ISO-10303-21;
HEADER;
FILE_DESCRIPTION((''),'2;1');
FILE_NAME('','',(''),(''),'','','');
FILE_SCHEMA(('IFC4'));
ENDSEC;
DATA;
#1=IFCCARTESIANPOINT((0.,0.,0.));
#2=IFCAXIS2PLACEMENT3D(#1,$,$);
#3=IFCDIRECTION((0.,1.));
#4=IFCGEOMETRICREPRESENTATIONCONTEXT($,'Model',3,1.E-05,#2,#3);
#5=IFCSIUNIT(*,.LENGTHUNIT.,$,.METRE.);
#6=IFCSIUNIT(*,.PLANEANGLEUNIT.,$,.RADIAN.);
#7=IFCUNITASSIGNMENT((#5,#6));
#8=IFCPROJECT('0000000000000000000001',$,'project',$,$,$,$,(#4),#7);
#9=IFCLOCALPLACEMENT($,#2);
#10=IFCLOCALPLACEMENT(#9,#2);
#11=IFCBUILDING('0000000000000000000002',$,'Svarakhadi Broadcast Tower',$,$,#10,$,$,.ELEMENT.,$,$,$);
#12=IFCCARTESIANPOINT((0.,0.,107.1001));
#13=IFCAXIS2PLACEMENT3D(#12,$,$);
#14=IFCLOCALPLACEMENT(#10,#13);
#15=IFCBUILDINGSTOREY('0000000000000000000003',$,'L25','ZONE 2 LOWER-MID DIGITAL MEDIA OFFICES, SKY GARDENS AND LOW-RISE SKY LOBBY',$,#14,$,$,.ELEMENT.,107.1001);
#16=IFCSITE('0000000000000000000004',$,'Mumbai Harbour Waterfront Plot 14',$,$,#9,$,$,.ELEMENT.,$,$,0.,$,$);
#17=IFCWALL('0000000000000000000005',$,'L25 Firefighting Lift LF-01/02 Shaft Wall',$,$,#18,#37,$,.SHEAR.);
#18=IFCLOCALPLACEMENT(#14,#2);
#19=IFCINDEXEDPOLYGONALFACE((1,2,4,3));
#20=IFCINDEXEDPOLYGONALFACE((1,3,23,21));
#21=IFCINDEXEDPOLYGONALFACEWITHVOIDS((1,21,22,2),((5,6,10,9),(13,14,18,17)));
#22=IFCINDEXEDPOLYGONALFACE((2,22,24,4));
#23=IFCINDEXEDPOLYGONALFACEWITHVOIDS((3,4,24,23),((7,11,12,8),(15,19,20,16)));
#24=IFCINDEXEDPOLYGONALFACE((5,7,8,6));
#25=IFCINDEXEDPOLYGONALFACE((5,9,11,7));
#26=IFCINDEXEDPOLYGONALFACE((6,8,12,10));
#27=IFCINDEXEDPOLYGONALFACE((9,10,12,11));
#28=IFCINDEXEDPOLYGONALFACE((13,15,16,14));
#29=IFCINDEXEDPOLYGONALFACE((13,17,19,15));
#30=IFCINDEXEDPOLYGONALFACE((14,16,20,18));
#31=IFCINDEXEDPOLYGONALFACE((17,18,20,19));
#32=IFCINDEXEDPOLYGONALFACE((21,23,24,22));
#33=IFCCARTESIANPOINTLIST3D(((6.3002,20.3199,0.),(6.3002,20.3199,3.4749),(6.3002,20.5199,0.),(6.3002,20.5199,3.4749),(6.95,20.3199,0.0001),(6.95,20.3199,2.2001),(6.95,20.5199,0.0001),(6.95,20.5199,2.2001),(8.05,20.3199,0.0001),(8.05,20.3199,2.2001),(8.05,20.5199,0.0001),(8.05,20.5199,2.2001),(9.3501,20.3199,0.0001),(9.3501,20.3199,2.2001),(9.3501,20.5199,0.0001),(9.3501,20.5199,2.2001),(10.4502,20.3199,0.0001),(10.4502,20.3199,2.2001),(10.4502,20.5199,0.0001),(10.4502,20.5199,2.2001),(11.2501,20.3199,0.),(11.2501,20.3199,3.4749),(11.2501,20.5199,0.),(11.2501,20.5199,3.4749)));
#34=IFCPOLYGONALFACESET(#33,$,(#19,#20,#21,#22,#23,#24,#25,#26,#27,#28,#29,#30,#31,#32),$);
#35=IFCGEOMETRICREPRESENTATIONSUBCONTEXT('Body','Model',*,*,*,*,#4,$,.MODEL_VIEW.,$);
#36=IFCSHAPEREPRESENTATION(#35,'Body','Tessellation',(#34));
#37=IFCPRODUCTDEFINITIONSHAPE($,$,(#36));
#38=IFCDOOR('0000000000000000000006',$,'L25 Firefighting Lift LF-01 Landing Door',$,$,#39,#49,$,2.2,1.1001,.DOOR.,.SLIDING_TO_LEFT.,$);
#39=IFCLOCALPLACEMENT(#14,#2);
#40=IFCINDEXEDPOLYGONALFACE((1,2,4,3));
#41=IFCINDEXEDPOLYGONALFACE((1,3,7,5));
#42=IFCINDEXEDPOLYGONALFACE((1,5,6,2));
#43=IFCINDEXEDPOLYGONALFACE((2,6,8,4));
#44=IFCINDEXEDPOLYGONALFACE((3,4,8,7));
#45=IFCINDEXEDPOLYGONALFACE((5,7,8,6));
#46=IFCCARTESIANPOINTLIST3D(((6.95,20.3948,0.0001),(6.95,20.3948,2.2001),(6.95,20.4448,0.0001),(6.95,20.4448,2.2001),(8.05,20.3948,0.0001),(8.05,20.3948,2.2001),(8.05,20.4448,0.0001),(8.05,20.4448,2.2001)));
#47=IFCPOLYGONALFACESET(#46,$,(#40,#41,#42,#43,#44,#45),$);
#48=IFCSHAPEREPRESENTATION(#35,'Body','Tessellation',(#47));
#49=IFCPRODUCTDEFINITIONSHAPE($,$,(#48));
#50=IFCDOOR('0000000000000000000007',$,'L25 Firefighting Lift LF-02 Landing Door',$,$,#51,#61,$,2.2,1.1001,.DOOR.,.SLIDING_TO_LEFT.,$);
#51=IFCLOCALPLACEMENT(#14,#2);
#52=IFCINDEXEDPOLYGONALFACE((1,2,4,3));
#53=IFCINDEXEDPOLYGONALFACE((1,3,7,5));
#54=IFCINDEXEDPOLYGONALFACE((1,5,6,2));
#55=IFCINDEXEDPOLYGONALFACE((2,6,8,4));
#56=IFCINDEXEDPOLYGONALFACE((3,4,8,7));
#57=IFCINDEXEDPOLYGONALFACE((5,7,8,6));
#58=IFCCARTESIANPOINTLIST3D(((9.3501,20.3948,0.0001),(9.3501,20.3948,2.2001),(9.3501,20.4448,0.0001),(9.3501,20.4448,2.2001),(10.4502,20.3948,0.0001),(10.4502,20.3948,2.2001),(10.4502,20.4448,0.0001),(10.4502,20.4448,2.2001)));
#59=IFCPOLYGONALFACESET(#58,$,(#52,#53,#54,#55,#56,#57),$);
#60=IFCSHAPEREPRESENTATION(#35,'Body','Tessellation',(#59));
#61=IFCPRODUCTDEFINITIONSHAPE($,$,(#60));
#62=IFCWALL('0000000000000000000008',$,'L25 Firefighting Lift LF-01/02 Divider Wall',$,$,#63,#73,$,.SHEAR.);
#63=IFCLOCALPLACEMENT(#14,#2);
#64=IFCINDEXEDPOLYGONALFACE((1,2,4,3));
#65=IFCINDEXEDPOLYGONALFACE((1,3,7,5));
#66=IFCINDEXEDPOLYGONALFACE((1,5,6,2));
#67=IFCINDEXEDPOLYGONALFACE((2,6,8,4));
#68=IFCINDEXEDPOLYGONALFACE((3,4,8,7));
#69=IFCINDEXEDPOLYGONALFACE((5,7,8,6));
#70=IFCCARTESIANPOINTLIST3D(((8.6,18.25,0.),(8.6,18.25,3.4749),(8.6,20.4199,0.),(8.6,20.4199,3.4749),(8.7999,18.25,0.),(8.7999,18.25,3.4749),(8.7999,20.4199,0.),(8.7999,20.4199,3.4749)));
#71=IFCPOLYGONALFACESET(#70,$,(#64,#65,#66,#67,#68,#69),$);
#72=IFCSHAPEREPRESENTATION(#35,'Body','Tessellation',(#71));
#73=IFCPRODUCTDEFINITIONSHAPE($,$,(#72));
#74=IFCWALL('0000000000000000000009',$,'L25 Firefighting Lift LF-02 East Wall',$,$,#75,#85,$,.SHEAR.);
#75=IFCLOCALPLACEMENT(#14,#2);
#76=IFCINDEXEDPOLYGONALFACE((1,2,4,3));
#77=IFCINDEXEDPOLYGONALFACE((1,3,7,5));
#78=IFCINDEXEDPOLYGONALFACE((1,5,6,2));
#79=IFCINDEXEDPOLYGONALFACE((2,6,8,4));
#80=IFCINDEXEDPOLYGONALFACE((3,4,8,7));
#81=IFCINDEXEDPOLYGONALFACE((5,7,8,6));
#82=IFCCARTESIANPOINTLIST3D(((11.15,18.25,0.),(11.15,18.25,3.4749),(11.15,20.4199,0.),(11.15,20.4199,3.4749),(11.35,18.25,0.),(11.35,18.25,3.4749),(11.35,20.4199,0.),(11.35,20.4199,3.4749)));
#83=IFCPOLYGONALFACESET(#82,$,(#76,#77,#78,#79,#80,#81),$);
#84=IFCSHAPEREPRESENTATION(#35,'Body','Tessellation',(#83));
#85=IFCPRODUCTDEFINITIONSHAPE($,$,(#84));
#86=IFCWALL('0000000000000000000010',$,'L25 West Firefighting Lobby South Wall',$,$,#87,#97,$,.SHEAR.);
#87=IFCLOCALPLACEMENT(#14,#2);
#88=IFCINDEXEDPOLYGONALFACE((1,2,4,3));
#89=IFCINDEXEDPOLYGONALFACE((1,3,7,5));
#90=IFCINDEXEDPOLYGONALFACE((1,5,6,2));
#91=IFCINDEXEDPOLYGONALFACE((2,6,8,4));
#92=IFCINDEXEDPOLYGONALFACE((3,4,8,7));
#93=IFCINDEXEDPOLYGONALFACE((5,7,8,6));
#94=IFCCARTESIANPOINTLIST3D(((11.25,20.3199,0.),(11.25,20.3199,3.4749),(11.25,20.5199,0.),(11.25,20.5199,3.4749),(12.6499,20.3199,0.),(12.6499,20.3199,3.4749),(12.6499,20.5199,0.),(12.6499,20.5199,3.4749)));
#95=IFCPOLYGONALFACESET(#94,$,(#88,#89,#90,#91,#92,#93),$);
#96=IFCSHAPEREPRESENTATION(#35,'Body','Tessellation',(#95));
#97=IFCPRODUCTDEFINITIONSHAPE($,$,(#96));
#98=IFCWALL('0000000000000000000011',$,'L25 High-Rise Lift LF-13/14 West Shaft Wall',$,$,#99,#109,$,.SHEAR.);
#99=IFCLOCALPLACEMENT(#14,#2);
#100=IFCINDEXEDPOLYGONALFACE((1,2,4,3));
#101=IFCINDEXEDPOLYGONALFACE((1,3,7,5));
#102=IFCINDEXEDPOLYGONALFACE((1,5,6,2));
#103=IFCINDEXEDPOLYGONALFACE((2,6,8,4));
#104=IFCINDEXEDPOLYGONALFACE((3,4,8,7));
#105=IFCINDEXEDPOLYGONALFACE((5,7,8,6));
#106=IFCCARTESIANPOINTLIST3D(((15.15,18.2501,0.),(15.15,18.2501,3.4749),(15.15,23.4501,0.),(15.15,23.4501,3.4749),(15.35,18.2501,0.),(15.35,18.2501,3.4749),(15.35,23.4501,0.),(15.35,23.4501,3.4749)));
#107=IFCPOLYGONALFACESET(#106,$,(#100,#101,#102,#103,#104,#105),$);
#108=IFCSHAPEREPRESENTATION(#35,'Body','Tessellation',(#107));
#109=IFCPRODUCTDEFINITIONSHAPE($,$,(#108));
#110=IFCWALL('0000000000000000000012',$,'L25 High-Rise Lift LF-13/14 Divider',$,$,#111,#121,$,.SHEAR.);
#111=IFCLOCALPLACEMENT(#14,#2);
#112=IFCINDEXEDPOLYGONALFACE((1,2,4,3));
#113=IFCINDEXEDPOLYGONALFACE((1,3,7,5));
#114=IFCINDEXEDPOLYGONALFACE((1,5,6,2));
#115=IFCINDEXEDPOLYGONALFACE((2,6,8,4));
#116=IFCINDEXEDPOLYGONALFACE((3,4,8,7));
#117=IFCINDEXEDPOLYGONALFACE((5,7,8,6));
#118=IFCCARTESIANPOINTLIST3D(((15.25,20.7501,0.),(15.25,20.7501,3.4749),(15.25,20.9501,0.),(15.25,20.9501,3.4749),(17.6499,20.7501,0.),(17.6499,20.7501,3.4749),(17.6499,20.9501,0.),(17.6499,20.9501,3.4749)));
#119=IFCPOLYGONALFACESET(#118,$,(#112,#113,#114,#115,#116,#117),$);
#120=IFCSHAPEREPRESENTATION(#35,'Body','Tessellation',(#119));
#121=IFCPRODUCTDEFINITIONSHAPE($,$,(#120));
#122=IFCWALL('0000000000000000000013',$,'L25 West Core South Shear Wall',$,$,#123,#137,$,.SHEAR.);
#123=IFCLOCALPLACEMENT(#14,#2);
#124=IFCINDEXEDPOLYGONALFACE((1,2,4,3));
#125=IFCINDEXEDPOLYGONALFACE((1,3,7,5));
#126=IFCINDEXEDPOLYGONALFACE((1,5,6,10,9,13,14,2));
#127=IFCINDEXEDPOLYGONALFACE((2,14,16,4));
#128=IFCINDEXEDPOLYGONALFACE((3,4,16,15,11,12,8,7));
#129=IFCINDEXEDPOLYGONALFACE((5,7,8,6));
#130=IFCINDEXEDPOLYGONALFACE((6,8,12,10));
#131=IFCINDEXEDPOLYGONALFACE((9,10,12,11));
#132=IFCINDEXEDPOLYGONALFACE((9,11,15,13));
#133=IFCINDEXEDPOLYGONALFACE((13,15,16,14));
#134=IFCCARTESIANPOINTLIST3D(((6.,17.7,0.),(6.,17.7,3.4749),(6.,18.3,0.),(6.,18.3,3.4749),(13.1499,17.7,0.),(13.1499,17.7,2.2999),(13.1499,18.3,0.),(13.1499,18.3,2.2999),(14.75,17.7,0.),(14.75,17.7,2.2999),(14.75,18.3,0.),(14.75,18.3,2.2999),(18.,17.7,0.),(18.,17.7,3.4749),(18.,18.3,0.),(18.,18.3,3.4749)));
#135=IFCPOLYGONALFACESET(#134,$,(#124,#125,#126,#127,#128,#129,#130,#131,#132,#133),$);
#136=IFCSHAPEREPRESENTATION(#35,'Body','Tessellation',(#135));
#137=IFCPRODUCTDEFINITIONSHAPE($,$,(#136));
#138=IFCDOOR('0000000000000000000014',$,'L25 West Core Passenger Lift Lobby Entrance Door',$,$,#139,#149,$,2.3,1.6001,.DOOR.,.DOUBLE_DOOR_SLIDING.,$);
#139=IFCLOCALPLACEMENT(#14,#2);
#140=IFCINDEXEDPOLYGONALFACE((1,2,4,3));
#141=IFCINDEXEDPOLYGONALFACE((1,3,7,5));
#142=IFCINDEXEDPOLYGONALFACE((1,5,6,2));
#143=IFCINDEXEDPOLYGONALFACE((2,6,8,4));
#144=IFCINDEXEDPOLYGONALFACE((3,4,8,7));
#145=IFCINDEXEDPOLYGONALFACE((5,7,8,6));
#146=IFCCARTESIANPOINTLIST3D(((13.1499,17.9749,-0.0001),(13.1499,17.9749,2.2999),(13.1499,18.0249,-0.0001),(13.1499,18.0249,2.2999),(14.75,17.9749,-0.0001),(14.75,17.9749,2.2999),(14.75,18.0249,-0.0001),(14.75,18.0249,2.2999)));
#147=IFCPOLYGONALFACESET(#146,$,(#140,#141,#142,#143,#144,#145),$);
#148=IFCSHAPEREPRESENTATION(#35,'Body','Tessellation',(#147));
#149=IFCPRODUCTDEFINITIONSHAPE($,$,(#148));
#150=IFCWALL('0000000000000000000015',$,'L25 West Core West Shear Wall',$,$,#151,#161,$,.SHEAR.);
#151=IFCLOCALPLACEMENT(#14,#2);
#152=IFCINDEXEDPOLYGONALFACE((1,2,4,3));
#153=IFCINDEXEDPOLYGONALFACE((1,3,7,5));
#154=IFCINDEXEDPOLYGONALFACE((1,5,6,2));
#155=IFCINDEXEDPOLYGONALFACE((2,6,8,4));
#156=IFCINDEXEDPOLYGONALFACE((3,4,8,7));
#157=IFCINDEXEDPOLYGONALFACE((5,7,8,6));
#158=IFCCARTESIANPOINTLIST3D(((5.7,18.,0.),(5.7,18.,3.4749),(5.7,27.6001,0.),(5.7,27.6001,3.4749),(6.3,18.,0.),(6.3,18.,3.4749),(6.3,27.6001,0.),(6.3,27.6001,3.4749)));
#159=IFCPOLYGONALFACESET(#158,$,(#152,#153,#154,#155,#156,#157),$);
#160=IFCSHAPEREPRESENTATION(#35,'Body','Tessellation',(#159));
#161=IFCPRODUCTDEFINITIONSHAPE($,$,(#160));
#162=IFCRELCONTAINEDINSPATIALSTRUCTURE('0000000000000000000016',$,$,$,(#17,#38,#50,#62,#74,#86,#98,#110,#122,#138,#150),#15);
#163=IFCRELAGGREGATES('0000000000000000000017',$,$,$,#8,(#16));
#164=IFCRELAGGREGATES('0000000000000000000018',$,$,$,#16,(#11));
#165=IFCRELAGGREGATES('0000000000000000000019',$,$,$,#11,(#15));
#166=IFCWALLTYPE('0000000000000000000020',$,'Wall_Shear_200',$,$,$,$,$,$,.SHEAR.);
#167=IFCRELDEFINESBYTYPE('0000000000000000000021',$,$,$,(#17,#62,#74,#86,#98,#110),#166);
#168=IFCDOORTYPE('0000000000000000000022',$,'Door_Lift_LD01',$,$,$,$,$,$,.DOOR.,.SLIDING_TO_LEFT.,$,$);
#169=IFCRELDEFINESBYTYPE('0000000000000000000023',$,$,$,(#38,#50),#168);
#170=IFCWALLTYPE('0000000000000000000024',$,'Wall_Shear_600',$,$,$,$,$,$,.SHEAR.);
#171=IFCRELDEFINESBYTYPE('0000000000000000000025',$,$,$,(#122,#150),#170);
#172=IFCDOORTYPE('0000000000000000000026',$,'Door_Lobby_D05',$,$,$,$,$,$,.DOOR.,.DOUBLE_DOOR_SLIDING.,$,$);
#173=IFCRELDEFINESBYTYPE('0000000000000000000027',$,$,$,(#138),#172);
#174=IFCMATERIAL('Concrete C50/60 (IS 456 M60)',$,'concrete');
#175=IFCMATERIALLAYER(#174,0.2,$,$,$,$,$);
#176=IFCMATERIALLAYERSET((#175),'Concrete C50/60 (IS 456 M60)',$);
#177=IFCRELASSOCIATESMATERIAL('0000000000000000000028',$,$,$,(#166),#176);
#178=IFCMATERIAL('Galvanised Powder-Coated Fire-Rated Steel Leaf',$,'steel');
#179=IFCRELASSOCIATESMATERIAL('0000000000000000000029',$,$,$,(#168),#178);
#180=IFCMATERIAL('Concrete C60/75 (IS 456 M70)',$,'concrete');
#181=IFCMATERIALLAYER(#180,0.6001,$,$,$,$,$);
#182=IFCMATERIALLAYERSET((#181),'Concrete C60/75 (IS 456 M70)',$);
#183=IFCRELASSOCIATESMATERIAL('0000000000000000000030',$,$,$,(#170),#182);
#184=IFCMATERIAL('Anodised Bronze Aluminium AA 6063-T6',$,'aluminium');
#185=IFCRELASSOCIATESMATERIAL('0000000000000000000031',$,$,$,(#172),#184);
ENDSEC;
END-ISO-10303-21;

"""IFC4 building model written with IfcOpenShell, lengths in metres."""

from ifc_helpers import new_model, si_unit, direction, frame, frame_2d, origin, place, context, subcontext, project, spatial, rectangle, extrude, material, layer, layer_set, type_object, element, fill, save


model = new_model("IFC4")

# Units and contexts
model_context = context("Model", 3, precision=1e-05, world=origin(), true_north=direction((0.0, 1.0)))
body_context = subcontext(model_context, "Body", "Model", "MODEL_VIEW")
ifc_project = project(units=[si_unit("LENGTHUNIT", "METRE"), si_unit("PLANEANGLEUNIT", "RADIAN")], contexts=[model_context])

# Site, building, storey
site_placement = place(None, origin())
site = spatial("IfcSite", under=ifc_project, at=site_placement, Name="Mumbai Harbour Waterfront Plot 14", CompositionType="ELEMENT", RefElevation=0.0)
building_placement = place(site_placement, origin())
building = spatial("IfcBuilding", under=site, at=building_placement, Name="Svarakhadi Broadcast Tower", CompositionType="ELEMENT")
storey_placement = place(building_placement, frame((0.0, 0.0, 107.1001)))
storey = spatial("IfcBuildingStorey", under=building, at=storey_placement, Name="L25", Description="ZONE 2 LOWER-MID DIGITAL MEDIA OFFICES, SKY GARDENS AND LOW-RISE SKY LOBBY", CompositionType="ELEMENT", Elevation=107.1001)

# Shared definitions
ifc_material_1 = material(Name="Concrete C50/60 (IS 456 M60)", Category="concrete")

# Shared definitions
ifc_layer_1 = layer(ifc_material_1, 0.2)
ifc_layer_set_1 = layer_set([ifc_layer_1], Name="Concrete C50/60 (IS 456 M60)")
wall_type_1 = type_object("IfcWallType", Name="Wall_Shear_200", PredefinedType="SHEAR", material=ifc_layer_set_1)
ifc_material_2 = material(Name="Galvanised Powder-Coated Fire-Rated Steel Leaf", Category="steel")

# Wall, openings, doors
wall_1_placement = place(storey_placement, frame((6.3, 20.4199, 0.0), z_axis=(0.0, 0.0, 1.0), x_axis=(1.0, 0.0, 0.0)))
wall_1 = element("IfcWall", 1, at=wall_1_placement, inside=storey, type_object=wall_type_1, Name="L25 Firefighting Lift LF-01/02 Shaft Wall", PredefinedType="SHEAR", context=body_context, shape_type="SweptSolid", body=[
    extrude(rectangle(XDim=4.95, YDim=0.2, at=frame_2d((2.4751, 0.0))), origin(), (0.0, 0.0, 1.0), 3.4749),
])
opening_1_placement = place(wall_1_placement, frame((0.6499, 0.0, 0.0)))
opening_1 = element("IfcOpeningElement", 2, at=opening_1_placement, cuts=wall_1, PredefinedType="OPENING", context=body_context, shape_type="SweptSolid", body=[
    extrude(rectangle(XDim=1.1001, YDim=2.2, at=frame_2d((0.55, 1.1001))), frame((0.0, 0.1099, 0.0), z_axis=(0.0, -1.0, 0.0), x_axis=(1.0, 0.0, 0.0)), (0.0, 0.0, 1.0), 0.22),
])
opening_2_placement = place(wall_1_placement, frame((3.05, 0.0, 0.0)))
opening_2 = element("IfcOpeningElement", 3, at=opening_2_placement, cuts=wall_1, PredefinedType="OPENING", context=body_context, shape_type="SweptSolid", body=[
    extrude(rectangle(XDim=1.1001, YDim=2.2, at=frame_2d((0.55, 1.1001))), frame((0.0, 0.1099, 0.0), z_axis=(0.0, -1.0, 0.0), x_axis=(1.0, 0.0, 0.0)), (0.0, 0.0, 1.0), 0.22),
])
door_type_1 = type_object("IfcDoorType", Name="Door_Lift_LD01", OperationType="SLIDING_TO_LEFT", PredefinedType="DOOR", material=ifc_material_2)
door_1_placement = place(opening_1_placement, origin())
door_1 = element("IfcDoor", 4, at=door_1_placement, inside=storey, type_object=door_type_1, Name="L25 Firefighting Lift LF-01 Landing Door", OperationType="SLIDING_TO_LEFT", OverallHeight=2.2, OverallWidth=1.1001, PredefinedType="DOOR", context=body_context, shape_type="SweptSolid", body=[
    extrude(rectangle(XDim=1.1001, YDim=2.2, at=frame_2d((0.55, 1.1001))), frame((0.0, 0.0249, 0.0), z_axis=(0.0, -1.0, 0.0), x_axis=(1.0, 0.0, 0.0)), (0.0, 0.0, 1.0), 0.05),
])
fill(opening_1, door_1)
door_2_placement = place(opening_2_placement, origin())
door_2 = element("IfcDoor", 5, at=door_2_placement, inside=storey, type_object=door_type_1, Name="L25 Firefighting Lift LF-02 Landing Door", OperationType="SLIDING_TO_LEFT", OverallHeight=2.2, OverallWidth=1.1001, PredefinedType="DOOR", context=body_context, shape_type="SweptSolid", body=[
    extrude(rectangle(XDim=1.1001, YDim=2.2, at=frame_2d((0.55, 1.1001))), frame((0.0, 0.0249, 0.0), z_axis=(0.0, -1.0, 0.0), x_axis=(1.0, 0.0, 0.0)), (0.0, 0.0, 1.0), 0.05),
])
fill(opening_2, door_2)

# Walls
for number, where, z_axis, x_axis, name in (
    (6, (8.7, 18.25, 0.0), (0.0, 0.0, 1.0), (0.0, 1.0, 0.0), "L25 Firefighting Lift LF-01/02 Divider Wall"),
    (7, (11.25, 18.25, 0.0), (0.0, 0.0, 1.0), (0.0, 1.0, 0.0), "L25 Firefighting Lift LF-02 East Wall"),
):
    element("IfcWall", number, at=place(storey_placement, frame(where, z_axis=z_axis, x_axis=x_axis)), inside=storey, type_object=wall_type_1, Name=name, PredefinedType="SHEAR", context=body_context, shape_type="SweptSolid", body=[
        extrude(rectangle(XDim=2.1699, YDim=0.2, at=frame_2d((1.085, 0.0))), origin(), (0.0, 0.0, 1.0), 3.4749),
    ])
wall_2_placement = place(storey_placement, frame((11.25, 20.4199, 0.0), z_axis=(0.0, 0.0, 1.0), x_axis=(1.0, 0.0, 0.0)))
element("IfcWall", 8, at=wall_2_placement, inside=storey, type_object=wall_type_1, Name="L25 West Firefighting Lobby South Wall", PredefinedType="SHEAR", context=body_context, shape_type="SweptSolid", body=[
    extrude(rectangle(XDim=1.3999, YDim=0.2, at=frame_2d((0.7, 0.0))), origin(), (0.0, 0.0, 1.0), 3.4749),
])

# Walls
wall_3_placement = place(storey_placement, frame((15.25, 18.25, 0.0), z_axis=(0.0, 0.0, 1.0), x_axis=(0.0, 1.0, 0.0)))
element("IfcWall", 9, at=wall_3_placement, inside=storey, type_object=wall_type_1, Name="L25 High-Rise Lift LF-13/14 West Shaft Wall", PredefinedType="SHEAR", context=body_context, shape_type="SweptSolid", body=[
    extrude(rectangle(XDim=5.2, YDim=0.2, at=frame_2d((2.6001, 0.0))), origin(), (0.0, 0.0, 1.0), 3.4749),
])
wall_4_placement = place(storey_placement, frame((15.25, 20.8501, 0.0), z_axis=(0.0, 0.0, 1.0), x_axis=(1.0, 0.0, 0.0)))
element("IfcWall", 10, at=wall_4_placement, inside=storey, type_object=wall_type_1, Name="L25 High-Rise Lift LF-13/14 Divider", PredefinedType="SHEAR", context=body_context, shape_type="SweptSolid", body=[
    extrude(rectangle(XDim=2.3999, YDim=0.2, at=frame_2d((1.2, 0.0))), origin(), (0.0, 0.0, 1.0), 3.4749),
])

# Wall, opening, door
ifc_material_3 = material(Name="Concrete C60/75 (IS 456 M70)", Category="concrete")
ifc_layer_2 = layer(ifc_material_3, 0.6001)
ifc_layer_set_2 = layer_set([ifc_layer_2], Name="Concrete C60/75 (IS 456 M70)")
wall_type_2 = type_object("IfcWallType", Name="Wall_Shear_600", PredefinedType="SHEAR", material=ifc_layer_set_2)
wall_5_placement = place(storey_placement, frame((6.0, 18.0, 0.0), z_axis=(0.0, 0.0, 1.0), x_axis=(1.0, 0.0, 0.0)))
wall_5 = element("IfcWall", 11, at=wall_5_placement, inside=storey, type_object=wall_type_2, Name="L25 West Core South Shear Wall", PredefinedType="SHEAR", context=body_context, shape_type="SweptSolid", body=[
    extrude(rectangle(XDim=12.0, YDim=0.6001, at=frame_2d((6.0, 0.0))), origin(), (0.0, 0.0, 1.0), 3.4749),
])
opening_3_placement = place(wall_5_placement, frame((7.1499, 0.0, 0.0)))
opening_3 = element("IfcOpeningElement", 12, at=opening_3_placement, cuts=wall_5, PredefinedType="OPENING", context=body_context, shape_type="SweptSolid", body=[
    extrude(rectangle(XDim=1.6001, YDim=2.3, at=frame_2d((0.8, 1.1499))), frame((0.0, 0.3101, 0.0), z_axis=(0.0, -1.0, 0.0), x_axis=(1.0, 0.0, 0.0)), (0.0, 0.0, 1.0), 0.6201),
])
ifc_material_4 = material(Name="Anodised Bronze Aluminium AA 6063-T6", Category="aluminium")
door_type_2 = type_object("IfcDoorType", Name="Door_Lobby_D05", OperationType="DOUBLE_DOOR_SLIDING", PredefinedType="DOOR", material=ifc_material_4)
door_3_placement = place(opening_3_placement, origin())
door_3 = element("IfcDoor", 13, at=door_3_placement, inside=storey, type_object=door_type_2, Name="L25 West Core Passenger Lift Lobby Entrance Door", OperationType="DOUBLE_DOOR_SLIDING", OverallHeight=2.3, OverallWidth=1.6001, PredefinedType="DOOR", context=body_context, shape_type="SweptSolid", body=[
    extrude(rectangle(XDim=1.6001, YDim=2.3, at=frame_2d((0.8, 1.1499))), frame((0.0, 0.0249, 0.0), z_axis=(0.0, -1.0, 0.0), x_axis=(1.0, 0.0, 0.0)), (0.0, 0.0, 1.0), 0.05),
])
fill(opening_3, door_3)

# Wall
wall_6_placement = place(storey_placement, frame((6.0, 18.0, 0.0), z_axis=(0.0, 0.0, 1.0), x_axis=(0.0, 1.0, 0.0)))
element("IfcWall", 14, at=wall_6_placement, inside=storey, type_object=wall_type_2, Name="L25 West Core West Shear Wall", PredefinedType="SHEAR", context=body_context, shape_type="SweptSolid", body=[
    extrude(rectangle(XDim=9.6001, YDim=0.6001, at=frame_2d((4.8, 0.0))), origin(), (0.0, 0.0, 1.0), 3.4749),
])

save(model, "model.ifc")
